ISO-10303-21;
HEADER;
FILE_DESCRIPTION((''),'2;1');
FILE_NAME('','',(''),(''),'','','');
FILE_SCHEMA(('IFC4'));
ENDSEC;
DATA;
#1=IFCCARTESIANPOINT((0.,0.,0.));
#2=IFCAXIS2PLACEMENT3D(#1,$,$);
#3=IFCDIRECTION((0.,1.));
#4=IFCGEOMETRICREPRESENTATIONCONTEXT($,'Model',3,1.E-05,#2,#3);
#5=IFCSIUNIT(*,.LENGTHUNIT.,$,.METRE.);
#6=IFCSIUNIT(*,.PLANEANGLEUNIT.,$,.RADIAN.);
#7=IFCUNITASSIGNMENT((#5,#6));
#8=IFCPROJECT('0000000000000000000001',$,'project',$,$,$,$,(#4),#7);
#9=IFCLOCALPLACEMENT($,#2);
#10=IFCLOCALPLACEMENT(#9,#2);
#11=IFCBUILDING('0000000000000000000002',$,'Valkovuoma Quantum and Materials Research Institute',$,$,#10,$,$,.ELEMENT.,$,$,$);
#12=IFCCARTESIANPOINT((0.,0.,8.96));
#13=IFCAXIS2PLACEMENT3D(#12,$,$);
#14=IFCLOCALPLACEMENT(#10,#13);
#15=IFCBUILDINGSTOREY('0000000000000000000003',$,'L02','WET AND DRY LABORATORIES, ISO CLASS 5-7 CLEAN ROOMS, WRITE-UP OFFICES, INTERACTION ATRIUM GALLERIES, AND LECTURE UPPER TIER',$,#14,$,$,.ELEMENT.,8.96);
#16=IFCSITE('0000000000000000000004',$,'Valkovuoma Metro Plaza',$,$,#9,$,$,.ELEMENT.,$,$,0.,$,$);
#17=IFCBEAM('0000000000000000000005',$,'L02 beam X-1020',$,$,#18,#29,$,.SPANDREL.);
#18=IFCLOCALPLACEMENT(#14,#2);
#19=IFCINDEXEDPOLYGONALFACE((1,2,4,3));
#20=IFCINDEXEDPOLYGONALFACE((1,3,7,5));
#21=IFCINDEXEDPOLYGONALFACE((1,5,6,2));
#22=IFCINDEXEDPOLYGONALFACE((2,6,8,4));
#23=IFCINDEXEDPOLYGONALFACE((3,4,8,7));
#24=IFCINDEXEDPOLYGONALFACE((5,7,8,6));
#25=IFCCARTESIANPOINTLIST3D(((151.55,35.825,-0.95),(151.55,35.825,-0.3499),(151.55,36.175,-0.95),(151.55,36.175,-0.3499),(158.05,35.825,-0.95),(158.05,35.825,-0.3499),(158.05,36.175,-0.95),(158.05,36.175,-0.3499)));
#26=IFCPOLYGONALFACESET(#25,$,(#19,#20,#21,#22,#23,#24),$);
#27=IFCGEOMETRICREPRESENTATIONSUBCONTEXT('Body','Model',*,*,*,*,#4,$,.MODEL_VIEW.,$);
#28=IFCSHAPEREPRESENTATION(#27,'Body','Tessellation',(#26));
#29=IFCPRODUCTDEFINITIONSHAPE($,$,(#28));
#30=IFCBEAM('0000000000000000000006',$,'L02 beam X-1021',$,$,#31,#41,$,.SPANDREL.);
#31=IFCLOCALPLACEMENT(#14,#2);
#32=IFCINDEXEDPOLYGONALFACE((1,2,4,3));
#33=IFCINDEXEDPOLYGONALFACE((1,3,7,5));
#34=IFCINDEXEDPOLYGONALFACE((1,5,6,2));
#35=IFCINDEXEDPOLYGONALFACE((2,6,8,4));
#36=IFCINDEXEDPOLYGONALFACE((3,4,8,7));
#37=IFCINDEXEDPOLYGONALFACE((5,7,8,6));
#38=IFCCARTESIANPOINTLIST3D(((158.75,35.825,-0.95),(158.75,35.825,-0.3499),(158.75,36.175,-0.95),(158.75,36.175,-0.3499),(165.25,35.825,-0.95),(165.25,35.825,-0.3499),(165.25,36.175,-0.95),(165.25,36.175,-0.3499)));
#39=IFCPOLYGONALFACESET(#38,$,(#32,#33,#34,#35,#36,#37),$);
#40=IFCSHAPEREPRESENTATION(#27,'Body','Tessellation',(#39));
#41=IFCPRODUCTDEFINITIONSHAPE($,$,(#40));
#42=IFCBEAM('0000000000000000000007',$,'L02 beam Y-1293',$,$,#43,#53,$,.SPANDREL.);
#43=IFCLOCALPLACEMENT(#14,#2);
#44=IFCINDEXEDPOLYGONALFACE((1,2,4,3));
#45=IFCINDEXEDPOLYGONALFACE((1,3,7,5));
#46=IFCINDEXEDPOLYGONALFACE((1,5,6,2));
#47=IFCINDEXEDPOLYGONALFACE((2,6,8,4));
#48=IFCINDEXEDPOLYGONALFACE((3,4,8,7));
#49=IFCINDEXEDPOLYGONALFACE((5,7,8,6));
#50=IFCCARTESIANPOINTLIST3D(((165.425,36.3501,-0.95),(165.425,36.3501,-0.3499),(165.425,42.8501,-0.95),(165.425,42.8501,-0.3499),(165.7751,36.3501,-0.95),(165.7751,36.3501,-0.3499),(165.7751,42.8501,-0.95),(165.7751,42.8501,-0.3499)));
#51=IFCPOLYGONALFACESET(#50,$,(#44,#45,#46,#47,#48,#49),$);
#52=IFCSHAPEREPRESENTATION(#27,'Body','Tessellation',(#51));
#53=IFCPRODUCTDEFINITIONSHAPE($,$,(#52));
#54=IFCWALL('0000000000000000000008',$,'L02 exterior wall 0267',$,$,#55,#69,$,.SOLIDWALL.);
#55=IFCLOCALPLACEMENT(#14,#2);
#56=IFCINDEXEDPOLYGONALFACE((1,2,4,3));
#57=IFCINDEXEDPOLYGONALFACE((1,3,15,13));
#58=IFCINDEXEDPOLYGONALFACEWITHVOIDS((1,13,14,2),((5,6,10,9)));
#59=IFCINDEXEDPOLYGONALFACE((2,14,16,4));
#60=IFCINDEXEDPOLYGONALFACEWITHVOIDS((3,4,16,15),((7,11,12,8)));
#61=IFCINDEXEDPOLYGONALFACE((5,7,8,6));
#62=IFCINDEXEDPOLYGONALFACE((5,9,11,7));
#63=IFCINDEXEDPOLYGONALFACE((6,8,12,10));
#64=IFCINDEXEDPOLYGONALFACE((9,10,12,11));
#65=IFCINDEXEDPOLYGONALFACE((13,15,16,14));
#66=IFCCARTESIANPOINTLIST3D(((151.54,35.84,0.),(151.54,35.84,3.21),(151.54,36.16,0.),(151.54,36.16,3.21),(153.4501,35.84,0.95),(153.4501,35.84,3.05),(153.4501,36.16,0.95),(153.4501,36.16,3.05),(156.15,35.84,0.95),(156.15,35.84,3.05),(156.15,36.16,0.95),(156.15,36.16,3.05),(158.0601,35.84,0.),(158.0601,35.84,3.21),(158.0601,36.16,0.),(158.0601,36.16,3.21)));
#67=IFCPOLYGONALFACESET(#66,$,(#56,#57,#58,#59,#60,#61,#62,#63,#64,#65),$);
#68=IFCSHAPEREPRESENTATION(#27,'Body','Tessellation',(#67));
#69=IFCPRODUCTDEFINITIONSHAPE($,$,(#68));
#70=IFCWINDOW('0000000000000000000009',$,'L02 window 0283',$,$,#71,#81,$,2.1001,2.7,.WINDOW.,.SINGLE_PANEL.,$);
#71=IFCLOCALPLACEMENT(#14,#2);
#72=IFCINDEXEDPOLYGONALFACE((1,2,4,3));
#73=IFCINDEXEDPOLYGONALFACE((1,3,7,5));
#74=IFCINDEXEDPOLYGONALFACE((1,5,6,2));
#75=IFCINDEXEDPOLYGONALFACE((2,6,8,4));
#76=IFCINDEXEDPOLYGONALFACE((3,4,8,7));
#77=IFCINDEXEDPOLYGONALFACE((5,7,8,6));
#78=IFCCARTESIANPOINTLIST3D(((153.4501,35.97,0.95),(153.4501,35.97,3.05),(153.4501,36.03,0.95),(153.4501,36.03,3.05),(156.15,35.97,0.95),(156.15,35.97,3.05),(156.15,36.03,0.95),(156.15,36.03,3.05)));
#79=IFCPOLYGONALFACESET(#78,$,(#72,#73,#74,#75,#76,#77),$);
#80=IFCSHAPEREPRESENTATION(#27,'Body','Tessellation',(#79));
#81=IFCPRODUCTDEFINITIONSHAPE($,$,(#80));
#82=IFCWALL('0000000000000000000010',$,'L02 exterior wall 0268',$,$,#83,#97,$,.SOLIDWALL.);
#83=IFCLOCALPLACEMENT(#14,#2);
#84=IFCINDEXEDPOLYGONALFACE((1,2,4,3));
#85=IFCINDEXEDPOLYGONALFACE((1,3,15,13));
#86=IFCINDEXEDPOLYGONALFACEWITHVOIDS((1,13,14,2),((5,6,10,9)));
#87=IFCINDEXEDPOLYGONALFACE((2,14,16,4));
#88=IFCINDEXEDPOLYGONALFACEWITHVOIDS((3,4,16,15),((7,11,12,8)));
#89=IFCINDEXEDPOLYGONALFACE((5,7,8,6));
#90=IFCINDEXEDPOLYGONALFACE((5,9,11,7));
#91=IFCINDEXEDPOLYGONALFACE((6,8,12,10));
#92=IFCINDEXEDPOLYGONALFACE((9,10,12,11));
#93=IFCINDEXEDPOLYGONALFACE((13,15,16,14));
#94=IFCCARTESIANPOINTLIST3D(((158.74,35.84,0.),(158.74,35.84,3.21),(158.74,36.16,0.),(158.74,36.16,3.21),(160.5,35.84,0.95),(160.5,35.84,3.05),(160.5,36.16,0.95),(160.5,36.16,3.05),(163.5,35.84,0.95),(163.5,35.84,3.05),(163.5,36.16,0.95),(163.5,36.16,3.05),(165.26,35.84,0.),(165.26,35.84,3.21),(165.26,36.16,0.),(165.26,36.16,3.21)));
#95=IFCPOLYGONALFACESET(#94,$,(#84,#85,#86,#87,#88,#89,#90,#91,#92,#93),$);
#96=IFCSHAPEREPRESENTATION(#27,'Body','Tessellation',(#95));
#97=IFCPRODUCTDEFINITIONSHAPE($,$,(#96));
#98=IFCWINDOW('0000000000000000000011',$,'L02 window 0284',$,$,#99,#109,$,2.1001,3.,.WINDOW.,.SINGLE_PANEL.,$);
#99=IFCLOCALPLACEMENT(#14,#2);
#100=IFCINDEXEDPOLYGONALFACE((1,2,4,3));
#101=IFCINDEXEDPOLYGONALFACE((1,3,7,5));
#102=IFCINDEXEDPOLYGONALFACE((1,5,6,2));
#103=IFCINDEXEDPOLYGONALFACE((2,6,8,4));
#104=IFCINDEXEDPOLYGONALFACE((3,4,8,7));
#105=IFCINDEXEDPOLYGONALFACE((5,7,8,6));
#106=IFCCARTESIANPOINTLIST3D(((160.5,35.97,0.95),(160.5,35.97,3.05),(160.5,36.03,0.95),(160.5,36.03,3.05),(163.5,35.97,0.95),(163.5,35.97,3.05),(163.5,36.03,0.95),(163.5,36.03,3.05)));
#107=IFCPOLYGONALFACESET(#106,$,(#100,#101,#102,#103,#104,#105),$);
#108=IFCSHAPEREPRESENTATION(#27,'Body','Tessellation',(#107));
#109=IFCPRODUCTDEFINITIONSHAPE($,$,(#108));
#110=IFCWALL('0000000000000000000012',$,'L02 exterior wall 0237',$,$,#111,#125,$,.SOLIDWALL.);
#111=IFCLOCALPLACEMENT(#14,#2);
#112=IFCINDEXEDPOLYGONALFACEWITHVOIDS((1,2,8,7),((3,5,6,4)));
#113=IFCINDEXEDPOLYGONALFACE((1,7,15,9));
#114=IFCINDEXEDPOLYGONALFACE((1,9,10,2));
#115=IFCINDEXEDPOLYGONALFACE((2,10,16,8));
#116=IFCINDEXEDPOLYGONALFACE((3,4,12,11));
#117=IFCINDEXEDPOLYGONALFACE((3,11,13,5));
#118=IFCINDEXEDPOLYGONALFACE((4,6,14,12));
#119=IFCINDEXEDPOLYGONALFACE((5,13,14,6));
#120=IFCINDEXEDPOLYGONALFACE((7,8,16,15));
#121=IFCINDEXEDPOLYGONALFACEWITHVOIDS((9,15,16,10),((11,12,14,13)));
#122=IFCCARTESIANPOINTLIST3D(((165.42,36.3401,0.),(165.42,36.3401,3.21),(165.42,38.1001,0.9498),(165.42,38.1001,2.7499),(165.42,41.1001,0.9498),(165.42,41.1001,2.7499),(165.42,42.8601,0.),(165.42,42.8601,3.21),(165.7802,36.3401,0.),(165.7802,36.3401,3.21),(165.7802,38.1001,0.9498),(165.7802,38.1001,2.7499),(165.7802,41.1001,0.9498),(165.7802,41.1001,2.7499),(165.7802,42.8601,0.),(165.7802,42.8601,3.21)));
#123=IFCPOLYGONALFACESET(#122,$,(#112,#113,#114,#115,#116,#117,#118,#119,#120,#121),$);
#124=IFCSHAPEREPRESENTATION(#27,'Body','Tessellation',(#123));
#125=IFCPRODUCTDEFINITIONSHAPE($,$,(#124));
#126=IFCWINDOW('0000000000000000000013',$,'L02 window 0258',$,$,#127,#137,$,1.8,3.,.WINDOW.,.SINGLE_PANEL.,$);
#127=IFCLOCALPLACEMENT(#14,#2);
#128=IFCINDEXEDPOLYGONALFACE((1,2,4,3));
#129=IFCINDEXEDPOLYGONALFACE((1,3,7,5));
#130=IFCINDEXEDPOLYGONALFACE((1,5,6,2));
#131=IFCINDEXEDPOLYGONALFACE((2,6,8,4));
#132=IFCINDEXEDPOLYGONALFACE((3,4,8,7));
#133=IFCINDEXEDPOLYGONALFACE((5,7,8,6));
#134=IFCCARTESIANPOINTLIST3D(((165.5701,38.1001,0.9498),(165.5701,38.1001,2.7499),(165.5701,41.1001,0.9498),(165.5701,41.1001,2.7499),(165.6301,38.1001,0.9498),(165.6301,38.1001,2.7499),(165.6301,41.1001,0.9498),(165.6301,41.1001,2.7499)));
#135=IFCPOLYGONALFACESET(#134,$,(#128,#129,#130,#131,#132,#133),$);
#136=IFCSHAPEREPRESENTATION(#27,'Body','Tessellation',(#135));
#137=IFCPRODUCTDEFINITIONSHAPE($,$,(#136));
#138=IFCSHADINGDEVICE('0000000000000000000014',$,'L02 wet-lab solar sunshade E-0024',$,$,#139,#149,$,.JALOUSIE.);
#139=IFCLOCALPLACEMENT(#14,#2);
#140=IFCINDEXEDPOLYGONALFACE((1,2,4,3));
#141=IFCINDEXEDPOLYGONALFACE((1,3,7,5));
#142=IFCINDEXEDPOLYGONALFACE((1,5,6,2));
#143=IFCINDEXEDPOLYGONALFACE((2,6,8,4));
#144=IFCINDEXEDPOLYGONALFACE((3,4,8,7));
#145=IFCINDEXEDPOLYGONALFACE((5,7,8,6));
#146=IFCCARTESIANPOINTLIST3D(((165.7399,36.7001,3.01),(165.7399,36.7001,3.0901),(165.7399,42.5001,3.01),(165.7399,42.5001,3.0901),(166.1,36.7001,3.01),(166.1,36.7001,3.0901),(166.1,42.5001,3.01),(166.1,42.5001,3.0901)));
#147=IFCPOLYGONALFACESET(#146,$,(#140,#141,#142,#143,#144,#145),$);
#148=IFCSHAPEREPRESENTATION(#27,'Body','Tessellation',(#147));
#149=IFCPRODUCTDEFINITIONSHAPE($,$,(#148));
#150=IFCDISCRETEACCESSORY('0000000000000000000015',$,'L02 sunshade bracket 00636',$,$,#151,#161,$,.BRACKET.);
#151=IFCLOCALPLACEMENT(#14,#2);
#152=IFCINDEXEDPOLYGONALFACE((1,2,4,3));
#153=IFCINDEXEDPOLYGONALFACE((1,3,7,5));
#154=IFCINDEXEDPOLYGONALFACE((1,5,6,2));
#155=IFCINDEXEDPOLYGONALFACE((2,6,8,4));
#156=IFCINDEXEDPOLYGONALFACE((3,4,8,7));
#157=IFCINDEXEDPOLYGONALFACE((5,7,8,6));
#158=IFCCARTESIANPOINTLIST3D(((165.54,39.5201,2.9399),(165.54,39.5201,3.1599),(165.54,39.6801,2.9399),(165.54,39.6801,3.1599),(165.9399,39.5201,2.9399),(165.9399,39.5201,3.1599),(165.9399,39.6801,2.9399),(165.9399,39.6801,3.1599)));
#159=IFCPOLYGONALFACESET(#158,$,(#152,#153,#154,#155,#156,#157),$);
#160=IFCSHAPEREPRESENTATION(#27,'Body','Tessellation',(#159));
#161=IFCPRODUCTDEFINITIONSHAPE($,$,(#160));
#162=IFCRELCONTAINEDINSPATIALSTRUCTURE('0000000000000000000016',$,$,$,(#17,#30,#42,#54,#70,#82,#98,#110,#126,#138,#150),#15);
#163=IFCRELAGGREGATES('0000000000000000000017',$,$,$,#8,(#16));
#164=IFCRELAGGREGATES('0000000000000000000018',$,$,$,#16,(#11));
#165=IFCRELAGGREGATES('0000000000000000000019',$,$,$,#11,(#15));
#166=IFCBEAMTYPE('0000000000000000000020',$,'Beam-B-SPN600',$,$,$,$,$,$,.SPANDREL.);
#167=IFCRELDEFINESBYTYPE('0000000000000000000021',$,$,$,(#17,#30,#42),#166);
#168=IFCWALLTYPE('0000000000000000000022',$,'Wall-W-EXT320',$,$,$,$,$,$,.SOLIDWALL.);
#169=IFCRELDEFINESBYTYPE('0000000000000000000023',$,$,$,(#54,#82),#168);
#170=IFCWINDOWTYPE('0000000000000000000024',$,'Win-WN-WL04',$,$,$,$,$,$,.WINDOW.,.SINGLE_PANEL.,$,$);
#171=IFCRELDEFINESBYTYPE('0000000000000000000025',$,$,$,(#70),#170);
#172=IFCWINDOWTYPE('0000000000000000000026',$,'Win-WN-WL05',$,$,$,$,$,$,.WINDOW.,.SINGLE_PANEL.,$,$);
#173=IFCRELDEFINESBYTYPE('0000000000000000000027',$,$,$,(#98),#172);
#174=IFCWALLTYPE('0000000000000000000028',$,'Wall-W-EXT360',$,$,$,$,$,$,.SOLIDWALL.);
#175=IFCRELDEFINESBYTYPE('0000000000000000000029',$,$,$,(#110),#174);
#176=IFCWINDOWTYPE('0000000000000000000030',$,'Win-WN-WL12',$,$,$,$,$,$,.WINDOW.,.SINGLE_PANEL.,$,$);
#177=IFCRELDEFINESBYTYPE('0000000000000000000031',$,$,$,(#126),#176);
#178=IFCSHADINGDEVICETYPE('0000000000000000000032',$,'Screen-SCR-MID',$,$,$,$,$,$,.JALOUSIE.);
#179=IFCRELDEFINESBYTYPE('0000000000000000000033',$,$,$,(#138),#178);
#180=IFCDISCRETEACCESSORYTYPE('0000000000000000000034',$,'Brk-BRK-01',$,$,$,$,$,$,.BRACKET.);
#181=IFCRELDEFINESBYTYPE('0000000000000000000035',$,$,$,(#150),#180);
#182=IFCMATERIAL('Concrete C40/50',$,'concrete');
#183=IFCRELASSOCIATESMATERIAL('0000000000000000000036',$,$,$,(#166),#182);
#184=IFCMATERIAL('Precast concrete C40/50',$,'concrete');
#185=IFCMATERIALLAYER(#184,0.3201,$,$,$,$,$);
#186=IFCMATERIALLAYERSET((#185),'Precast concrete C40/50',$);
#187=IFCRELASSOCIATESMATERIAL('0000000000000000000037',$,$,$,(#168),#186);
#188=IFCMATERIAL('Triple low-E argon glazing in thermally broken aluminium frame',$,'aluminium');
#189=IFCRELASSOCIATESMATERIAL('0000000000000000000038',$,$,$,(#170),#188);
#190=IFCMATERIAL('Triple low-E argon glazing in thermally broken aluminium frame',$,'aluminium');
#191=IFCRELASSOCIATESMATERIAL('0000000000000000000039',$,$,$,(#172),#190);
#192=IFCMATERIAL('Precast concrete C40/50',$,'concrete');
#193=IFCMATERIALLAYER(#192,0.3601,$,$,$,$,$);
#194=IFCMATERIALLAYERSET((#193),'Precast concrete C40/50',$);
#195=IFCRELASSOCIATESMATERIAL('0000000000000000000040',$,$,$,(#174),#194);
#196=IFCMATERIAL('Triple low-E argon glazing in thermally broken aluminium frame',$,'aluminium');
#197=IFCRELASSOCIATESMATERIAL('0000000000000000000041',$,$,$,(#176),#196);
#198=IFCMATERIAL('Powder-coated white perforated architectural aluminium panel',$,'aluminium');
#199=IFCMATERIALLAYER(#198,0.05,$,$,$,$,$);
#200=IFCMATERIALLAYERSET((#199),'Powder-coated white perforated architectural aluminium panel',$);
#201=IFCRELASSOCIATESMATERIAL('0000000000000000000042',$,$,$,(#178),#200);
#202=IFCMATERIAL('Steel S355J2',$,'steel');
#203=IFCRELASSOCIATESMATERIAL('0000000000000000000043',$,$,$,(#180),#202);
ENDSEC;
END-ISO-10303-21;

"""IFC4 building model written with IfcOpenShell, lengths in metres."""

from ifc_helpers import new_model, si_unit, direction, frame, frame_2d, origin, origin_2d, place, context, subcontext, project, spatial, rectangle, extrude, material, layer, layer_set, material_profile, profile_set, type_object, element, fill, save


model = new_model("IFC4")

# Units and contexts
model_context = context("Model", 3, precision=1e-05, world=origin(), true_north=direction((0.0, 1.0)))
body_context = subcontext(model_context, "Body", "Model", "MODEL_VIEW")
ifc_project = project(units=[si_unit("LENGTHUNIT", "METRE"), si_unit("PLANEANGLEUNIT", "RADIAN")], contexts=[model_context])

# Site, building, storey
site_placement = place(None, origin())
site = spatial("IfcSite", under=ifc_project, at=site_placement, Name="Valkovuoma Metro Plaza", CompositionType="ELEMENT", RefElevation=0.0)
building_placement = place(site_placement, origin())
building = spatial("IfcBuilding", under=site, at=building_placement, Name="Valkovuoma Quantum and Materials Research Institute", CompositionType="ELEMENT")
storey_placement = place(building_placement, frame((0.0, 0.0, 8.96)))
storey = spatial("IfcBuildingStorey", under=building, at=storey_placement, Name="L02", Description="WET AND DRY LABORATORIES, ISO CLASS 5-7 CLEAN ROOMS, WRITE-UP OFFICES, INTERACTION ATRIUM GALLERIES, AND LECTURE UPPER TIER", CompositionType="ELEMENT", Elevation=8.96)

# Beams
ifc_material_1 = material(Name="Concrete C40/50", Category="concrete")
ifc_material_profile_1 = material_profile(ifc_material_1, rectangle(XDim=0.3501, YDim=0.6001, at=origin_2d()), Name="Concrete C40/50")
ifc_profile_set_1 = profile_set([ifc_material_profile_1], Name="Concrete C40/50")
beam_type_1 = type_object("IfcBeamType", Name="Beam-B-SPN600", PredefinedType="SPANDREL", material=ifc_profile_set_1)
for number, where, z_axis, x_axis, name in (
    (1, (151.55, 36.0, -0.6499), (1.0, 0.0, 0.0), (0.0, 1.0, 0.0), "L02 beam X-1020"),
    (2, (158.75, 36.0, -0.6499), (1.0, 0.0, 0.0), (0.0, 1.0, 0.0), "L02 beam X-1021"),
    (3, (165.6001, 36.3501, -0.6499), (0.0, 1.0, 0.0), (-1.0, 0.0, 0.0), "L02 beam Y-1293"),
):
    element("IfcBeam", number, at=place(storey_placement, frame(where, z_axis=z_axis, x_axis=x_axis)), inside=storey, type_object=beam_type_1, Name=name, PredefinedType="SPANDREL", context=body_context, shape_type="SweptSolid", body=[
        extrude(rectangle(XDim=0.3501, YDim=0.6001, at=origin_2d()), origin(), (0.0, 0.0, 1.0), 6.5),
    ])

# Walls, openings, windows
ifc_material_2 = material(Name="Precast concrete C40/50", Category="concrete")
ifc_layer_1 = layer(ifc_material_2, 0.3201)
ifc_layer_set_1 = layer_set([ifc_layer_1], Name="Precast concrete C40/50")
wall_type_1 = type_object("IfcWallType", Name="Wall-W-EXT320", PredefinedType="SOLIDWALL", material=ifc_layer_set_1)
wall_1_placement = place(storey_placement, frame((151.54, 36.0, 0.0), z_axis=(0.0, 0.0, 1.0), x_axis=(1.0, 0.0, 0.0)))
wall_1 = element("IfcWall", 4, at=wall_1_placement, inside=storey, type_object=wall_type_1, Name="L02 exterior wall 0267", PredefinedType="SOLIDWALL", context=body_context, shape_type="SweptSolid", body=[
    extrude(rectangle(XDim=6.52, YDim=0.3201, at=frame_2d((3.26, 0.0))), origin(), (0.0, 0.0, 1.0), 3.21),
])
opening_1_placement = place(wall_1_placement, frame((1.9099, 0.0, 0.95)))
opening_1 = element("IfcOpeningElement", 5, at=opening_1_placement, cuts=wall_1, PredefinedType="OPENING", context=body_context, shape_type="SweptSolid", body=[
    extrude(rectangle(XDim=2.7, YDim=2.1001, at=frame_2d((1.3501, 1.05))), frame((0.0, 0.1699, 0.0), z_axis=(0.0, -1.0, 0.0), x_axis=(1.0, 0.0, 0.0)), (0.0, 0.0, 1.0), 0.3401),
])
ifc_material_3 = material(Name="Triple low-E argon glazing in thermally broken aluminium frame", Category="aluminium")
window_type_1 = type_object("IfcWindowType", Name="Win-WN-WL04", PartitioningType="SINGLE_PANEL", PredefinedType="WINDOW", material=ifc_material_3)
window_1_placement = place(opening_1_placement, origin())
window_1 = element("IfcWindow", 6, at=window_1_placement, inside=storey, type_object=window_type_1, Name="L02 window 0283", OverallHeight=2.1001, OverallWidth=2.7, PartitioningType="SINGLE_PANEL", PredefinedType="WINDOW", context=body_context, shape_type="SweptSolid", body=[
    extrude(rectangle(XDim=2.7, YDim=2.1001, at=frame_2d((1.3501, 1.05))), frame((0.0, 0.03, 0.0), z_axis=(0.0, -1.0, 0.0), x_axis=(1.0, 0.0, 0.0)), (0.0, 0.0, 1.0), 0.0601),
])
fill(opening_1, window_1)
wall_2_placement = place(storey_placement, frame((158.74, 36.0, 0.0), z_axis=(0.0, 0.0, 1.0), x_axis=(1.0, 0.0, 0.0)))
wall_2 = element("IfcWall", 7, at=wall_2_placement, inside=storey, type_object=wall_type_1, Name="L02 exterior wall 0268", PredefinedType="SOLIDWALL", context=body_context, shape_type="SweptSolid", body=[
    extrude(rectangle(XDim=6.52, YDim=0.3201, at=frame_2d((3.26, 0.0))), origin(), (0.0, 0.0, 1.0), 3.21),
])
opening_2_placement = place(wall_2_placement, frame((1.76, 0.0, 0.95)))
opening_2 = element("IfcOpeningElement", 8, at=opening_2_placement, cuts=wall_2, PredefinedType="OPENING", context=body_context, shape_type="SweptSolid", body=[
    extrude(rectangle(XDim=3.0, YDim=2.1001, at=frame_2d((1.5, 1.05))), frame((0.0, 0.1699, 0.0), z_axis=(0.0, -1.0, 0.0), x_axis=(1.0, 0.0, 0.0)), (0.0, 0.0, 1.0), 0.3401),
])
ifc_material_4 = material(Name="Triple low-E argon glazing in thermally broken aluminium frame", Category="aluminium")
window_type_2 = type_object("IfcWindowType", Name="Win-WN-WL05", PartitioningType="SINGLE_PANEL", PredefinedType="WINDOW", material=ifc_material_4)
window_2_placement = place(opening_2_placement, origin())
window_2 = element("IfcWindow", 9, at=window_2_placement, inside=storey, type_object=window_type_2, Name="L02 window 0284", OverallHeight=2.1001, OverallWidth=3.0, PartitioningType="SINGLE_PANEL", PredefinedType="WINDOW", context=body_context, shape_type="SweptSolid", body=[
    extrude(rectangle(XDim=3.0, YDim=2.1001, at=frame_2d((1.5, 1.05))), frame((0.0, 0.03, 0.0), z_axis=(0.0, -1.0, 0.0), x_axis=(1.0, 0.0, 0.0)), (0.0, 0.0, 1.0), 0.0601),
])
fill(opening_2, window_2)
ifc_material_5 = material(Name="Precast concrete C40/50", Category="concrete")
ifc_layer_2 = layer(ifc_material_5, 0.3601)
ifc_layer_set_2 = layer_set([ifc_layer_2], Name="Precast concrete C40/50")
wall_type_2 = type_object("IfcWallType", Name="Wall-W-EXT360", PredefinedType="SOLIDWALL", material=ifc_layer_set_2)
wall_3_placement = place(storey_placement, frame((165.6001, 36.3401, 0.0), z_axis=(0.0, 0.0, 1.0), x_axis=(0.0, 1.0, 0.0)))
wall_3 = element("IfcWall", 10, at=wall_3_placement, inside=storey, type_object=wall_type_2, Name="L02 exterior wall 0237", PredefinedType="SOLIDWALL", context=body_context, shape_type="SweptSolid", body=[
    extrude(rectangle(XDim=6.52, YDim=0.3601, at=frame_2d((3.26, 0.0))), origin(), (0.0, 0.0, 1.0), 3.21),
])
opening_3_placement = place(wall_3_placement, frame((1.76, 0.0, 0.95)))
opening_3 = element("IfcOpeningElement", 11, at=opening_3_placement, cuts=wall_3, PredefinedType="OPENING", context=body_context, shape_type="SweptSolid", body=[
    extrude(rectangle(XDim=3.0, YDim=1.8, at=frame_2d((1.5, 0.8999))), frame((0.0, 0.1899, 0.0), z_axis=(0.0, -1.0, 0.0), x_axis=(1.0, 0.0, 0.0)), (0.0, 0.0, 1.0), 0.3801),
])
ifc_material_6 = material(Name="Triple low-E argon glazing in thermally broken aluminium frame", Category="aluminium")
window_type_3 = type_object("IfcWindowType", Name="Win-WN-WL12", PartitioningType="SINGLE_PANEL", PredefinedType="WINDOW", material=ifc_material_6)
window_3_placement = place(opening_3_placement, origin())
window_3 = element("IfcWindow", 12, at=window_3_placement, inside=storey, type_object=window_type_3, Name="L02 window 0258", OverallHeight=1.8, OverallWidth=3.0, PartitioningType="SINGLE_PANEL", PredefinedType="WINDOW", context=body_context, shape_type="SweptSolid", body=[
    extrude(rectangle(XDim=3.0, YDim=1.8, at=frame_2d((1.5, 0.8999))), frame((0.0, 0.03, 0.0), z_axis=(0.0, -1.0, 0.0), x_axis=(1.0, 0.0, 0.0)), (0.0, 0.0, 1.0), 0.0601),
])
fill(opening_3, window_3)

# Shading device
ifc_material_7 = material(Name="Powder-coated white perforated architectural aluminium panel", Category="aluminium")
ifc_layer_3 = layer(ifc_material_7, 0.05)
ifc_layer_set_3 = layer_set([ifc_layer_3], Name="Powder-coated white perforated architectural aluminium panel")
shading_device_type = type_object("IfcShadingDeviceType", Name="Screen-SCR-MID", PredefinedType="JALOUSIE", material=ifc_layer_set_3)
shading_device_placement = place(storey_placement, frame((165.9199, 39.6001, 3.01), z_axis=(0.0, 0.0, 1.0), x_axis=(1.0, 0.0, 0.0)))
element("IfcShadingDevice", 13, at=shading_device_placement, inside=storey, type_object=shading_device_type, Name="L02 wet-lab solar sunshade E-0024", PredefinedType="JALOUSIE", context=body_context, shape_type="SweptSolid", body=[
    extrude(rectangle(XDim=0.3601, YDim=5.8, at=origin_2d()), origin(), (0.0, 0.0, 1.0), 0.0801),
])

# Discrete accessory
ifc_material_8 = material(Name="Steel S355J2", Category="steel")
discrete_accessory_type = type_object("IfcDiscreteAccessoryType", Name="Brk-BRK-01", PredefinedType="BRACKET", material=ifc_material_8)
discrete_accessory_placement = place(storey_placement, frame((165.74, 39.6001, 2.9399), z_axis=(0.0, 0.0, 1.0), x_axis=(1.0, 0.0, 0.0)))
element("IfcDiscreteAccessory", 14, at=discrete_accessory_placement, inside=storey, type_object=discrete_accessory_type, Name="L02 sunshade bracket 00636", PredefinedType="BRACKET", context=body_context, shape_type="SweptSolid", body=[
    extrude(rectangle(XDim=0.3999, YDim=0.1599, at=origin_2d()), origin(), (0.0, 0.0, 1.0), 0.22),
])

save(model, "model.ifc")
